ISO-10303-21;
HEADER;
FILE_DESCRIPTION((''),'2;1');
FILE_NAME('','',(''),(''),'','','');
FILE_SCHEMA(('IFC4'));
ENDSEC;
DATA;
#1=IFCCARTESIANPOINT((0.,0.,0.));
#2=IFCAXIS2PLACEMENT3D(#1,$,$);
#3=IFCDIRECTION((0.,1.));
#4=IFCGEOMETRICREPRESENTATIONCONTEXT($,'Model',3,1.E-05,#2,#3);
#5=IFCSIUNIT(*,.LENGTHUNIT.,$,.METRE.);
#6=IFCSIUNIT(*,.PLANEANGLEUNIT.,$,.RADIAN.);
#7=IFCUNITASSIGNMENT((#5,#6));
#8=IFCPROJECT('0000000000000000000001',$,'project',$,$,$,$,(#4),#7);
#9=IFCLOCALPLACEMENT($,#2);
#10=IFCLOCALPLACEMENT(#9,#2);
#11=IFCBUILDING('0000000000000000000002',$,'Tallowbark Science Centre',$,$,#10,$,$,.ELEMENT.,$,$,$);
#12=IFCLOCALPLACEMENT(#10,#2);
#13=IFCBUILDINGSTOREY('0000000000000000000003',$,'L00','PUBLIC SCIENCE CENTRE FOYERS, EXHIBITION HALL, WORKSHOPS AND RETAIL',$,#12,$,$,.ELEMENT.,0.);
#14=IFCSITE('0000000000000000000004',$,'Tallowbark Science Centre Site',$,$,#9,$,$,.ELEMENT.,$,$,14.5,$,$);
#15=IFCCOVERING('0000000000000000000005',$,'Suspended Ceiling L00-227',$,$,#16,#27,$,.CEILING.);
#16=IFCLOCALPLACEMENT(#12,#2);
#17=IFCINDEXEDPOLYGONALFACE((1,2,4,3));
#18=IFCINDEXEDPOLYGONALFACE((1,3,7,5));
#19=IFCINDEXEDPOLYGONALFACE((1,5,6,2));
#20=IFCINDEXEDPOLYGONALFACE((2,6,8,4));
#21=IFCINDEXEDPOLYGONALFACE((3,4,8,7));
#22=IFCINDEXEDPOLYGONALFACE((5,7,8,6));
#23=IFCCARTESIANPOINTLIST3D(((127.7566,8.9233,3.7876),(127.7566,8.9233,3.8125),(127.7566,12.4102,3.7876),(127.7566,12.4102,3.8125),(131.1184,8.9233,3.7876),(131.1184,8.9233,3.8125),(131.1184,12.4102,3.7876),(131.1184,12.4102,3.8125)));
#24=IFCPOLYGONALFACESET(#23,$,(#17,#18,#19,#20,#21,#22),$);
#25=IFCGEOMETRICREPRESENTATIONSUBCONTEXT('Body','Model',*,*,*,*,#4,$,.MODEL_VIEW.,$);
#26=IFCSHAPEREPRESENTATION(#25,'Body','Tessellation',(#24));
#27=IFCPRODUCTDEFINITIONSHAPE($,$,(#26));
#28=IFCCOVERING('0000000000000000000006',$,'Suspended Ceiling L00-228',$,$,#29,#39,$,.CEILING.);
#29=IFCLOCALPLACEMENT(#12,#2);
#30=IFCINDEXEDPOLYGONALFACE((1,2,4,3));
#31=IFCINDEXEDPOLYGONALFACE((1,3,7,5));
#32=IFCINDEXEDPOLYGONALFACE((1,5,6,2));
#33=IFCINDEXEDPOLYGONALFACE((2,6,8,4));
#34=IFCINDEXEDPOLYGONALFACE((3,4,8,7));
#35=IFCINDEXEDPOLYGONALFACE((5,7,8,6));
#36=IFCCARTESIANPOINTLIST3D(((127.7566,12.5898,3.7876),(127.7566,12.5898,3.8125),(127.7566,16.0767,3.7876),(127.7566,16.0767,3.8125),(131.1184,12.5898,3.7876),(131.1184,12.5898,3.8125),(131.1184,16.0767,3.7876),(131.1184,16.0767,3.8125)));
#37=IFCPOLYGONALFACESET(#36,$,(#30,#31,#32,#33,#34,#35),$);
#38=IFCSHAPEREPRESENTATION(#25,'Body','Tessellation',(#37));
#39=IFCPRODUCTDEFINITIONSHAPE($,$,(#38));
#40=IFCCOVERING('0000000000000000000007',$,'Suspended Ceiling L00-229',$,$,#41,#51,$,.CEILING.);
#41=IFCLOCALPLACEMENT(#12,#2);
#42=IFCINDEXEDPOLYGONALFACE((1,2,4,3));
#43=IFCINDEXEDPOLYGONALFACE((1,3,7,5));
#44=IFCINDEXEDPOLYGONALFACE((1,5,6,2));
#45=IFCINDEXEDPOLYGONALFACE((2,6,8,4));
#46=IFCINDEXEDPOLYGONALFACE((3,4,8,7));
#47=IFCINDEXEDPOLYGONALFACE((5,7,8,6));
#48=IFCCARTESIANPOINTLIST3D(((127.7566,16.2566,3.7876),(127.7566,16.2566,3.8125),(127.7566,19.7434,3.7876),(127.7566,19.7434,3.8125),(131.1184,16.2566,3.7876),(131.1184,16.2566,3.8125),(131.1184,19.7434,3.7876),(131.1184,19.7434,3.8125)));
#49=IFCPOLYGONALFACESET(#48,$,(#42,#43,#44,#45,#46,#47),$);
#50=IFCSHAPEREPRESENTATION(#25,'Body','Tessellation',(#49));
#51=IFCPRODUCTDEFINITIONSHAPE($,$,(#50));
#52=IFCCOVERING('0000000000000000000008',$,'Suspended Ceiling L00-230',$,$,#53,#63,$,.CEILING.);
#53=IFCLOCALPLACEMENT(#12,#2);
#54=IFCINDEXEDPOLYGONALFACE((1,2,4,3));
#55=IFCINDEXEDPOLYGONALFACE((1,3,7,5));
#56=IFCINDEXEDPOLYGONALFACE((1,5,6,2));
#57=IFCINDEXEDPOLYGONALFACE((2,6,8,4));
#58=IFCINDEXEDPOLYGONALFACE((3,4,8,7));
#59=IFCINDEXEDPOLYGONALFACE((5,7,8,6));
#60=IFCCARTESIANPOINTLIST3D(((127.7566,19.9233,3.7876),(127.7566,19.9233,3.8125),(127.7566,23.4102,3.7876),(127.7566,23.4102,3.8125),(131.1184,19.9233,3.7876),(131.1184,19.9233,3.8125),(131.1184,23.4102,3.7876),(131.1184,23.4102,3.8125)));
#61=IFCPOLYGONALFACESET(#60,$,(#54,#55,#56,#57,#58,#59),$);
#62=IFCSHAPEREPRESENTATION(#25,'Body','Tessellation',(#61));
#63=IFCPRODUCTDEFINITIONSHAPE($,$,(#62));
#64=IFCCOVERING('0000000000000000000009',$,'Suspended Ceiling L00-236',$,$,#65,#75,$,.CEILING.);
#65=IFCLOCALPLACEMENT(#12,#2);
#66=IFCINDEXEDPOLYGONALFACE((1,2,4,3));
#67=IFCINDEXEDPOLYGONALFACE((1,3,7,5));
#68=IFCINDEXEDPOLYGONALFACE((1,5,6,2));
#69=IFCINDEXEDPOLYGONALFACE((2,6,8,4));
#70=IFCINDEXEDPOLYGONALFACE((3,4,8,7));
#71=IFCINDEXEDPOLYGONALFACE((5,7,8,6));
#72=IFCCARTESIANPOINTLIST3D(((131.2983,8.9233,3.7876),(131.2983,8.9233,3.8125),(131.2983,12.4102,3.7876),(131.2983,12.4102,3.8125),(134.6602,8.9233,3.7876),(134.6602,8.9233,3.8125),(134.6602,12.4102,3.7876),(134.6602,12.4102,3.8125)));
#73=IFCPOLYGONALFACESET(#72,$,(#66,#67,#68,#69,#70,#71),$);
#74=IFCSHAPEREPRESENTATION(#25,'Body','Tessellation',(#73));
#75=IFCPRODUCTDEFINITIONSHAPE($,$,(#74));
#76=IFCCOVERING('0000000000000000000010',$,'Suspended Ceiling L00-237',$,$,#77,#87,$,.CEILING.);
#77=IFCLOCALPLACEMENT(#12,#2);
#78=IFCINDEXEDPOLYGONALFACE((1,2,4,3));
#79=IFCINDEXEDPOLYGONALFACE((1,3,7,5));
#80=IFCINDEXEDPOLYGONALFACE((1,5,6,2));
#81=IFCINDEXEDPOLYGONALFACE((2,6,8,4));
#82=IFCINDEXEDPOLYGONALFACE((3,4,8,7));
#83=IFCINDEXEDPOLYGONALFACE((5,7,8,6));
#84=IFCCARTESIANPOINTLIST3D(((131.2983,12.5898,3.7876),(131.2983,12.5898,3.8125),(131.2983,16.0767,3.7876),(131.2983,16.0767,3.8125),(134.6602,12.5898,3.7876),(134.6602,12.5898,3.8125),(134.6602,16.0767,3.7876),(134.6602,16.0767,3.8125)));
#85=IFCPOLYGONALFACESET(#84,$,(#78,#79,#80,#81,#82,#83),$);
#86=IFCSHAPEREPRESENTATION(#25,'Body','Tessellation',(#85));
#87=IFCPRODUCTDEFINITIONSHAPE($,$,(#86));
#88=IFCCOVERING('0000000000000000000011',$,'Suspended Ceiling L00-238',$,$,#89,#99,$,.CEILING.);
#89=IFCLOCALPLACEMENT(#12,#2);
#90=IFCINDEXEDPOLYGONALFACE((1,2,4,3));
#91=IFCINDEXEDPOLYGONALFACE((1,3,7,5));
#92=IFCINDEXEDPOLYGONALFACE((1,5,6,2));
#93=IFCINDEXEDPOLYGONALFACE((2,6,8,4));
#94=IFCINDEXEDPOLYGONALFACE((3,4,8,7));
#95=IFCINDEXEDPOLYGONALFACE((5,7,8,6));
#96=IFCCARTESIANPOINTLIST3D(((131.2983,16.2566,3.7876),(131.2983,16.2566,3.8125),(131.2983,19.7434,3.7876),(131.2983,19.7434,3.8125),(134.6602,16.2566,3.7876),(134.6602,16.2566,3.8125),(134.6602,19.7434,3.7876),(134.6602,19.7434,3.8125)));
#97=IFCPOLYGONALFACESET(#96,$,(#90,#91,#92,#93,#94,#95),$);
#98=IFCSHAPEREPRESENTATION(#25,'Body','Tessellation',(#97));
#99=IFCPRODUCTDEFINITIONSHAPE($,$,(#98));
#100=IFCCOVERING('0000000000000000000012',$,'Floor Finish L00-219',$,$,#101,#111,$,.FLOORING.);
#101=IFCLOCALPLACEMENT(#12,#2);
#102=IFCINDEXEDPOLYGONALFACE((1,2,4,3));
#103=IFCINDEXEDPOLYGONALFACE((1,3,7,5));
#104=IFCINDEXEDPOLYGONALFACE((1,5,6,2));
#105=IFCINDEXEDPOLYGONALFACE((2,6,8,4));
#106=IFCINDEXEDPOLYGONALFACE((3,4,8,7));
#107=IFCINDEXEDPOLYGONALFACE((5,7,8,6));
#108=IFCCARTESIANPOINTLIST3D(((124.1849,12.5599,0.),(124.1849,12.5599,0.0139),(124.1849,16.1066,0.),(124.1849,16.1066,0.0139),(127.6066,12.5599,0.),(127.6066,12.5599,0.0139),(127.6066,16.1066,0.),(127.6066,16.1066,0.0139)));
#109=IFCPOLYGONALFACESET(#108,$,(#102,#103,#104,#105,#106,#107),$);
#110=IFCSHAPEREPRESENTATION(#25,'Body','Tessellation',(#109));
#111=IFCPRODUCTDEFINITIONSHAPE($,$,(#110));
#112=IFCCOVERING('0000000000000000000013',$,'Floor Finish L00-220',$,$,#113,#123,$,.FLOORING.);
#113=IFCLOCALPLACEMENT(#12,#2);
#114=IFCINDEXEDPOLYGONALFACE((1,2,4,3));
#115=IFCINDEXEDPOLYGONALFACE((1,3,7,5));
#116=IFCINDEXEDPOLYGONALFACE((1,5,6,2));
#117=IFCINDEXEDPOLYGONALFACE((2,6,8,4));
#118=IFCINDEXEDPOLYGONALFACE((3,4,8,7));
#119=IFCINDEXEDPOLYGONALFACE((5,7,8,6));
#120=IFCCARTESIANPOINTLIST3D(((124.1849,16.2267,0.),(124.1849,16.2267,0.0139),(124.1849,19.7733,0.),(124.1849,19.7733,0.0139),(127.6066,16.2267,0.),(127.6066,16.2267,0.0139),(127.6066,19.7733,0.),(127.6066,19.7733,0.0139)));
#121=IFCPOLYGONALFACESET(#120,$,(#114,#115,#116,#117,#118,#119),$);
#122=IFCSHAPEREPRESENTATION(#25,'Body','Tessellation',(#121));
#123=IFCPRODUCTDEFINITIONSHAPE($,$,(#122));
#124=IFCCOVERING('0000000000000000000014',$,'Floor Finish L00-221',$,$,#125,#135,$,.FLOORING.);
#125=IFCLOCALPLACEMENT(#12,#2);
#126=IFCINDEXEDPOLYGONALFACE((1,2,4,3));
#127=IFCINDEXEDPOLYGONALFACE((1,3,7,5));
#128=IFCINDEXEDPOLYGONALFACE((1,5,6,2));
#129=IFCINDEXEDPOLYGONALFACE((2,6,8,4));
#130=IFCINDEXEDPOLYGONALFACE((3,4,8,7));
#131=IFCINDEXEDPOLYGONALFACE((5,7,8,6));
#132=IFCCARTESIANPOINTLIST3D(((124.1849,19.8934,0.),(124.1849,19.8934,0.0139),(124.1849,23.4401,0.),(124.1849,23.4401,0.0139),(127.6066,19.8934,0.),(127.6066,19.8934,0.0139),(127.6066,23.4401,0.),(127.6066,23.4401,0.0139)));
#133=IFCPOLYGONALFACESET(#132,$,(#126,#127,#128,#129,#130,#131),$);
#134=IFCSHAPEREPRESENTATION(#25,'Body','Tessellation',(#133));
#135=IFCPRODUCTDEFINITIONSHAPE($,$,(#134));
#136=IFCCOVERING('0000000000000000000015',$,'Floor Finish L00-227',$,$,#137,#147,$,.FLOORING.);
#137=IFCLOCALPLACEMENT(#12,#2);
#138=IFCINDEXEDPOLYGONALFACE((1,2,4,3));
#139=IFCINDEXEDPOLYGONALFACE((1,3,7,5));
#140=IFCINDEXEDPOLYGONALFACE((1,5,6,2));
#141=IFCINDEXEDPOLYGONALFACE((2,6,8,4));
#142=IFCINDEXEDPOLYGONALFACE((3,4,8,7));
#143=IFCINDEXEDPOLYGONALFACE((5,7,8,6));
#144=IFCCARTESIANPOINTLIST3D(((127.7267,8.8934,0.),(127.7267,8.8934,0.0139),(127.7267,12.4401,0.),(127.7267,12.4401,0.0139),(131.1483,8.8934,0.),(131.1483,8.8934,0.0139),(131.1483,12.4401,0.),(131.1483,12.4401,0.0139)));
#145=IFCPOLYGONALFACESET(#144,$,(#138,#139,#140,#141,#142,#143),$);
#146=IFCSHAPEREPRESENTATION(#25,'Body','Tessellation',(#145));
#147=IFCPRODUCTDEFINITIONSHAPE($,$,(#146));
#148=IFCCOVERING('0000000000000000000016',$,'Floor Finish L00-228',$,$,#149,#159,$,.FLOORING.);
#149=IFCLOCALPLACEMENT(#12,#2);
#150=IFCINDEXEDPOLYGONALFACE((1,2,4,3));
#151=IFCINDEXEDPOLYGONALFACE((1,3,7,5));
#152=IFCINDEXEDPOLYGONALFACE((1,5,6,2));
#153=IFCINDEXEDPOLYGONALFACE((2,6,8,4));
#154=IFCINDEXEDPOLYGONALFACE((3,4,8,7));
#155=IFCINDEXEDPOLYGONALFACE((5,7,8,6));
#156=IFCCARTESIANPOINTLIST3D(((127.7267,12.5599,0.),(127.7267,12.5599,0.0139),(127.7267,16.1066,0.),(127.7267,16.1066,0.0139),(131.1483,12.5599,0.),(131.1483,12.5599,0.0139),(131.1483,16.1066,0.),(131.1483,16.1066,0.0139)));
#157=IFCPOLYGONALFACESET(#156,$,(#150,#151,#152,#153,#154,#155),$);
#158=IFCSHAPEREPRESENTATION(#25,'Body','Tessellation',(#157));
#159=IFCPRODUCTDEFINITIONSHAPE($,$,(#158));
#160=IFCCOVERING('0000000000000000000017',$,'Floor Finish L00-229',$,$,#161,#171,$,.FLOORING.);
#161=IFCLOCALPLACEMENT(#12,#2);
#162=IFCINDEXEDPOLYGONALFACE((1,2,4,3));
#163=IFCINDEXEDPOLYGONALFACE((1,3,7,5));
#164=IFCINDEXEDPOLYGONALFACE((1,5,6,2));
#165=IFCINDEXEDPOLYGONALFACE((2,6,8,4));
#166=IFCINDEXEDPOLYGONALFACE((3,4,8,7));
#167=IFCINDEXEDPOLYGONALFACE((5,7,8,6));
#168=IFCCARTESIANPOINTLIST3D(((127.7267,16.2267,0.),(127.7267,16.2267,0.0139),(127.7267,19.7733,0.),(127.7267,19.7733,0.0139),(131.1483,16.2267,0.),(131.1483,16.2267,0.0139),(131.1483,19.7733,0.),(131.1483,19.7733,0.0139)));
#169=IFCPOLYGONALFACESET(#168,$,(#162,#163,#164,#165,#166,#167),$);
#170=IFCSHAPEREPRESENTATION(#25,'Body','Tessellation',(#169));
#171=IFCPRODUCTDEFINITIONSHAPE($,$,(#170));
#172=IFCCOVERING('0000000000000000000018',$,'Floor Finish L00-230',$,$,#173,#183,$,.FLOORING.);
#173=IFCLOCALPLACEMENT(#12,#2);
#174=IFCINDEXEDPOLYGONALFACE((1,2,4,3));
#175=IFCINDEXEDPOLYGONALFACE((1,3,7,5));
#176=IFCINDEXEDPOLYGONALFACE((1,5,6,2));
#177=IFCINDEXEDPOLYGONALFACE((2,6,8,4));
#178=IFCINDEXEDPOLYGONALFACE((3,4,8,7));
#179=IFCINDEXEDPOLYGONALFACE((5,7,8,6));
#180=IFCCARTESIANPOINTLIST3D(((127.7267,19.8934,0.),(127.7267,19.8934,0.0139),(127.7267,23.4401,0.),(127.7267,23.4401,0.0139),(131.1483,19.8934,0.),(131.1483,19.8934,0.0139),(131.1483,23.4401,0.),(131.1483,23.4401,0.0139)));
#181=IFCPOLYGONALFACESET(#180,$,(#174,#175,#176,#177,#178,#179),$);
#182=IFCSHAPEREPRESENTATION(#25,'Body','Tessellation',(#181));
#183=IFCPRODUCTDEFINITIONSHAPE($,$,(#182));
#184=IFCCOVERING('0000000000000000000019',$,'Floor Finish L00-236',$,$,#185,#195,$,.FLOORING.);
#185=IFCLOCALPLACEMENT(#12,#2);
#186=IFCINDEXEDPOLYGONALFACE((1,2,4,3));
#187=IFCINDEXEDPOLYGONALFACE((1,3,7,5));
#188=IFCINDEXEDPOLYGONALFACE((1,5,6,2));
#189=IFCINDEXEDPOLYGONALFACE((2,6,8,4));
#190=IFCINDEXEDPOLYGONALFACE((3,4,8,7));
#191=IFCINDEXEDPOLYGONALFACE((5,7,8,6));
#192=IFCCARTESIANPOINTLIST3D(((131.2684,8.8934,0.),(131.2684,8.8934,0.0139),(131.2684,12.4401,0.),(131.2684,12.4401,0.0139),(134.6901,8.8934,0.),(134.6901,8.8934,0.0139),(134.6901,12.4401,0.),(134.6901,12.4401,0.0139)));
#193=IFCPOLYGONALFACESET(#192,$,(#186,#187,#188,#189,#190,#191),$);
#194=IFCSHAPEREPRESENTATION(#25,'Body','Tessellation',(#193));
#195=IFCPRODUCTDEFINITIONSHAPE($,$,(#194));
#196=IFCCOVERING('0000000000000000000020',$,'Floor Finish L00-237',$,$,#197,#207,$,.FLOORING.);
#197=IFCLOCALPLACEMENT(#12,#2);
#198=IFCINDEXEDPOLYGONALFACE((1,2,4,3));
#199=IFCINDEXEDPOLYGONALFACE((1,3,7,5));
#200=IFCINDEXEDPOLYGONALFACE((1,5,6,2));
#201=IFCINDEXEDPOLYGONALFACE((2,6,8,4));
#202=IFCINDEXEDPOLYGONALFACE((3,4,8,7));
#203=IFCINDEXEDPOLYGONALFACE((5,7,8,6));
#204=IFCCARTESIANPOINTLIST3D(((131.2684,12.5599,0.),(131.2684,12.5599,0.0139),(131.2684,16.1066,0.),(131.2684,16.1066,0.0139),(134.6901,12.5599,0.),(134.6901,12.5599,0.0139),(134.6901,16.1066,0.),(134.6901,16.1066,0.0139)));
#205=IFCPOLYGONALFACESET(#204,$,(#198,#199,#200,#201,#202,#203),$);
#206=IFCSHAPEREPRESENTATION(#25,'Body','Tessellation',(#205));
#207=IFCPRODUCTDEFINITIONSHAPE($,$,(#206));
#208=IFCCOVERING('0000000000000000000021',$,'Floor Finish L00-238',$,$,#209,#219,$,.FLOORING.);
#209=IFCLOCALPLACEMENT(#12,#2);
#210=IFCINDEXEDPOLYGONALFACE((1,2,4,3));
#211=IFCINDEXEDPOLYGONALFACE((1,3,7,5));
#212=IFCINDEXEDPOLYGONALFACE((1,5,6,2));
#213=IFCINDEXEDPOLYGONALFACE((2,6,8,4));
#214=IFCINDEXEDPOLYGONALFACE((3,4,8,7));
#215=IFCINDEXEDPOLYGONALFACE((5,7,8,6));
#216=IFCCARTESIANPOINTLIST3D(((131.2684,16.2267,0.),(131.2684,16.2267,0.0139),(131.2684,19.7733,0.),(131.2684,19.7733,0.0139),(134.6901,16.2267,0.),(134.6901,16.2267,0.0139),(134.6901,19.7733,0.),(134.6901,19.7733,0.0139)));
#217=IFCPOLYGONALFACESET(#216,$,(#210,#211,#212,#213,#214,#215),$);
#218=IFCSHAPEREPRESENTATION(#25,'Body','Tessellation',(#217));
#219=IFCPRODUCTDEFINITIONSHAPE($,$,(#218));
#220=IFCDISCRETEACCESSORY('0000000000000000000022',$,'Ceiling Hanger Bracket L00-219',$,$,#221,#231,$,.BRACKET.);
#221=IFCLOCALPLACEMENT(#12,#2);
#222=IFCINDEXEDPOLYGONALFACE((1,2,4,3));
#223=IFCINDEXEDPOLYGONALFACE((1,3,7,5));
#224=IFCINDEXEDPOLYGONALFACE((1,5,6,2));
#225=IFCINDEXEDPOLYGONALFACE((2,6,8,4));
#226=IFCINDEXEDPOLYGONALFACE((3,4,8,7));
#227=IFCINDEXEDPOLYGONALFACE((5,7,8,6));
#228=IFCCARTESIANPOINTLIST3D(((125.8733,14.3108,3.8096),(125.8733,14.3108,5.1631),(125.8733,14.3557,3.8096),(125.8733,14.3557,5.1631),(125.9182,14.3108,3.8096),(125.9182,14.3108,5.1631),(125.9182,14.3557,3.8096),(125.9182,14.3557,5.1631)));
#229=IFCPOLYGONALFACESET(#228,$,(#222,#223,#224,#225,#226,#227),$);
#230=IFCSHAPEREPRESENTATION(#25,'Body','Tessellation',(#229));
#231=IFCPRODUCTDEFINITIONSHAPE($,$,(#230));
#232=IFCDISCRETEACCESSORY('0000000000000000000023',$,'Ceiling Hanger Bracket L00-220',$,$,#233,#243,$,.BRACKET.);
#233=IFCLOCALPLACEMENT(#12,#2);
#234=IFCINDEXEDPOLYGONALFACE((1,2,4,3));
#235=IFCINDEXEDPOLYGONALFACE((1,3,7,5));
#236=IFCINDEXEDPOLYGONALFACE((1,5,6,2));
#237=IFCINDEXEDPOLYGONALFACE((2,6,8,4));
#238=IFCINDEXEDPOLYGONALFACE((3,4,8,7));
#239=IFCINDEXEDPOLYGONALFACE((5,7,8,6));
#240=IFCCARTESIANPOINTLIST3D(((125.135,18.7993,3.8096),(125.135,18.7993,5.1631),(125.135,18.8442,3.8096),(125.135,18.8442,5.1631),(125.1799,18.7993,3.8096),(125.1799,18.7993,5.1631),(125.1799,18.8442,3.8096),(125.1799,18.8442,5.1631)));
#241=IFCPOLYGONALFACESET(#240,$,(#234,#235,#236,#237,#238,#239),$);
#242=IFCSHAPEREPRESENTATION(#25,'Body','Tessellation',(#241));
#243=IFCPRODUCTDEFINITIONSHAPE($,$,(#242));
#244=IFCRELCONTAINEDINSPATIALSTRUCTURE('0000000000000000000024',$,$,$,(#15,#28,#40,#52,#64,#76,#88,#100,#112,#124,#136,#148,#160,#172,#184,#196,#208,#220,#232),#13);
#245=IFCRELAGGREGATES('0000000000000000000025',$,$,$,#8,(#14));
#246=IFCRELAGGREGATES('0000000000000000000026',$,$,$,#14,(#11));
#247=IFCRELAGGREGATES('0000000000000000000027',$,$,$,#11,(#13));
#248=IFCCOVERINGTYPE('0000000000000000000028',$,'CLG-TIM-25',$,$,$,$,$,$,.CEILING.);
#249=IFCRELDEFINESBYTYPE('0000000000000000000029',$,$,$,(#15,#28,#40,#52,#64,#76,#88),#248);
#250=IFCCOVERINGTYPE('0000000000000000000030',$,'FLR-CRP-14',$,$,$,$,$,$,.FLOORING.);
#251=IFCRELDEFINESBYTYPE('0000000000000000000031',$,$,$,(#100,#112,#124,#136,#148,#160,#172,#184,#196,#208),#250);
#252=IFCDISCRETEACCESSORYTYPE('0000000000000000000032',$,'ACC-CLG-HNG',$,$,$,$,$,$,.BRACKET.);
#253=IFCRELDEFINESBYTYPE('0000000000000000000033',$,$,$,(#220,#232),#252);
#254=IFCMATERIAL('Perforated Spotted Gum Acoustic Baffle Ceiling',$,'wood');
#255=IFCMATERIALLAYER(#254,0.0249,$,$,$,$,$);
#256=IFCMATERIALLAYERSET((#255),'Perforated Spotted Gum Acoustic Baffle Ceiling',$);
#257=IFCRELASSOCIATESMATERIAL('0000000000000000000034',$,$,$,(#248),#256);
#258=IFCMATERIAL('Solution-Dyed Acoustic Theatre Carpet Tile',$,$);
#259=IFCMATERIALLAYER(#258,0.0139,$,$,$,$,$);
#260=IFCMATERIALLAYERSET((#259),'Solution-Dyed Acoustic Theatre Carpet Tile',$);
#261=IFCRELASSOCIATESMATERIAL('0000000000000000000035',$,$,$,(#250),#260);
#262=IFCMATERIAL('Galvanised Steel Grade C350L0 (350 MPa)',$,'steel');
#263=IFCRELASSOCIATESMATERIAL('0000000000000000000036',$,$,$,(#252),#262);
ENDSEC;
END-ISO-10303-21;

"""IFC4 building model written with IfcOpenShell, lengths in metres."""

from ifc_helpers import new_model, si_unit, direction, frame, origin, origin_2d, place, context, subcontext, project, spatial, rectangle, extrude, material, layer, layer_set, type_object, element, save


model = new_model("IFC4")

# Units and contexts
model_context = context("Model", 3, precision=1e-05, world=origin(), true_north=direction((0.0, 1.0)))
body_context = subcontext(model_context, "Body", "Model", "MODEL_VIEW")
ifc_project = project(units=[si_unit("LENGTHUNIT", "METRE"), si_unit("PLANEANGLEUNIT", "RADIAN")], contexts=[model_context])

# Site, building, storey
site_placement = place(None, origin())
site = spatial("IfcSite", under=ifc_project, at=site_placement, Name="Tallowbark Science Centre Site", CompositionType="ELEMENT", RefElevation=14.5)
building_placement = place(site_placement, origin())
building = spatial("IfcBuilding", under=site, at=building_placement, Name="Tallowbark Science Centre", CompositionType="ELEMENT")
storey_placement = place(building_placement, origin())
storey = spatial("IfcBuildingStorey", under=building, at=storey_placement, Name="L00", Description="PUBLIC SCIENCE CENTRE FOYERS, EXHIBITION HALL, WORKSHOPS AND RETAIL", CompositionType="ELEMENT", Elevation=0.0)

# Coverings
ifc_material_1 = material(Name="Perforated Spotted Gum Acoustic Baffle Ceiling", Category="wood")
ifc_layer_1 = layer(ifc_material_1, 0.0249)
ifc_layer_set_1 = layer_set([ifc_layer_1], Name="Perforated Spotted Gum Acoustic Baffle Ceiling")
covering_type_1 = type_object("IfcCoveringType", Name="CLG-TIM-25", PredefinedType="CEILING", material=ifc_layer_set_1)
for number, where, z_axis, x_axis, name in (
    (1, (129.4375, 10.6667, 3.7876), (0.0, 0.0, 1.0), (1.0, 0.0, 0.0), "Suspended Ceiling L00-227"),
    (2, (129.4375, 14.3333, 3.7876), (0.0, 0.0, 1.0), (1.0, 0.0, 0.0), "Suspended Ceiling L00-228"),
    (3, (129.4375, 18.0, 3.7876), (0.0, 0.0, 1.0), (1.0, 0.0, 0.0), "Suspended Ceiling L00-229"),
    (4, (129.4375, 21.6667, 3.7876), (0.0, 0.0, 1.0), (1.0, 0.0, 0.0), "Suspended Ceiling L00-230"),
    (5, (132.9792, 10.6667, 3.7876), (0.0, 0.0, 1.0), (1.0, 0.0, 0.0), "Suspended Ceiling L00-236"),
    (6, (132.9792, 14.3333, 3.7876), (0.0, 0.0, 1.0), (1.0, 0.0, 0.0), "Suspended Ceiling L00-237"),
    (7, (132.9792, 18.0, 3.7876), (0.0, 0.0, 1.0), (1.0, 0.0, 0.0), "Suspended Ceiling L00-238"),
):
    element("IfcCovering", number, at=place(storey_placement, frame(where, z_axis=z_axis, x_axis=x_axis)), inside=storey, type_object=covering_type_1, Name=name, PredefinedType="CEILING", context=body_context, shape_type="SweptSolid", body=[
        extrude(rectangle(XDim=3.3618, YDim=3.4868, at=origin_2d()), origin(), (0.0, 0.0, 1.0), 0.0249),
    ])
ifc_material_2 = material(Name="Solution-Dyed Acoustic Theatre Carpet Tile")
ifc_layer_2 = layer(ifc_material_2, 0.0139)
ifc_layer_set_2 = layer_set([ifc_layer_2], Name="Solution-Dyed Acoustic Theatre Carpet Tile")
covering_type_2 = type_object("IfcCoveringType", Name="FLR-CRP-14", PredefinedType="FLOORING", material=ifc_layer_set_2)
for number, where, z_axis, x_axis, name in (
    (8, (125.8958, 14.3333, 0.0), (0.0, 0.0, 1.0), (1.0, 0.0, 0.0), "Floor Finish L00-219"),
    (9, (125.8958, 18.0, 0.0), (0.0, 0.0, 1.0), (1.0, 0.0, 0.0), "Floor Finish L00-220"),
    (10, (125.8958, 21.6667, 0.0), (0.0, 0.0, 1.0), (1.0, 0.0, 0.0), "Floor Finish L00-221"),
    (11, (129.4375, 10.6667, 0.0), (0.0, 0.0, 1.0), (1.0, 0.0, 0.0), "Floor Finish L00-227"),
    (12, (129.4375, 14.3333, 0.0), (0.0, 0.0, 1.0), (1.0, 0.0, 0.0), "Floor Finish L00-228"),
    (13, (129.4375, 18.0, 0.0), (0.0, 0.0, 1.0), (1.0, 0.0, 0.0), "Floor Finish L00-229"),
    (14, (129.4375, 21.6667, 0.0), (0.0, 0.0, 1.0), (1.0, 0.0, 0.0), "Floor Finish L00-230"),
    (15, (132.9792, 10.6667, 0.0), (0.0, 0.0, 1.0), (1.0, 0.0, 0.0), "Floor Finish L00-236"),
    (16, (132.9792, 14.3333, 0.0), (0.0, 0.0, 1.0), (1.0, 0.0, 0.0), "Floor Finish L00-237"),
    (17, (132.9792, 18.0, 0.0), (0.0, 0.0, 1.0), (1.0, 0.0, 0.0), "Floor Finish L00-238"),
):
    element("IfcCovering", number, at=place(storey_placement, frame(where, z_axis=z_axis, x_axis=x_axis)), inside=storey, type_object=covering_type_2, Name=name, PredefinedType="FLOORING", context=body_context, shape_type="SweptSolid", body=[
        extrude(rectangle(XDim=3.4216, YDim=3.5466, at=origin_2d()), origin(), (0.0, 0.0, 1.0), 0.0139),
    ])

# Discrete accessories
ifc_material_3 = material(Name="Galvanised Steel Grade C350L0 (350 MPa)", Category="steel")
discrete_accessory_type = type_object("IfcDiscreteAccessoryType", Name="ACC-CLG-HNG", PredefinedType="BRACKET", material=ifc_material_3)
for number, where, z_axis, x_axis, name in (
    (18, (125.8958, 14.3333, 3.8096), (0.0, 0.0, 1.0), (1.0, 0.0, 0.0), "Ceiling Hanger Bracket L00-219"),
    (19, (125.1575, 18.8218, 3.8096), (0.0, 0.0, 1.0), (1.0, 0.0, 0.0), "Ceiling Hanger Bracket L00-220"),
):
    element("IfcDiscreteAccessory", number, at=place(storey_placement, frame(where, z_axis=z_axis, x_axis=x_axis)), inside=storey, type_object=discrete_accessory_type, Name=name, PredefinedType="BRACKET", context=body_context, shape_type="SweptSolid", body=[
        extrude(rectangle(XDim=0.0449, YDim=0.0449, at=origin_2d()), origin(), (0.0, 0.0, 1.0), 1.3535),
    ])

save(model, "model.ifc")
